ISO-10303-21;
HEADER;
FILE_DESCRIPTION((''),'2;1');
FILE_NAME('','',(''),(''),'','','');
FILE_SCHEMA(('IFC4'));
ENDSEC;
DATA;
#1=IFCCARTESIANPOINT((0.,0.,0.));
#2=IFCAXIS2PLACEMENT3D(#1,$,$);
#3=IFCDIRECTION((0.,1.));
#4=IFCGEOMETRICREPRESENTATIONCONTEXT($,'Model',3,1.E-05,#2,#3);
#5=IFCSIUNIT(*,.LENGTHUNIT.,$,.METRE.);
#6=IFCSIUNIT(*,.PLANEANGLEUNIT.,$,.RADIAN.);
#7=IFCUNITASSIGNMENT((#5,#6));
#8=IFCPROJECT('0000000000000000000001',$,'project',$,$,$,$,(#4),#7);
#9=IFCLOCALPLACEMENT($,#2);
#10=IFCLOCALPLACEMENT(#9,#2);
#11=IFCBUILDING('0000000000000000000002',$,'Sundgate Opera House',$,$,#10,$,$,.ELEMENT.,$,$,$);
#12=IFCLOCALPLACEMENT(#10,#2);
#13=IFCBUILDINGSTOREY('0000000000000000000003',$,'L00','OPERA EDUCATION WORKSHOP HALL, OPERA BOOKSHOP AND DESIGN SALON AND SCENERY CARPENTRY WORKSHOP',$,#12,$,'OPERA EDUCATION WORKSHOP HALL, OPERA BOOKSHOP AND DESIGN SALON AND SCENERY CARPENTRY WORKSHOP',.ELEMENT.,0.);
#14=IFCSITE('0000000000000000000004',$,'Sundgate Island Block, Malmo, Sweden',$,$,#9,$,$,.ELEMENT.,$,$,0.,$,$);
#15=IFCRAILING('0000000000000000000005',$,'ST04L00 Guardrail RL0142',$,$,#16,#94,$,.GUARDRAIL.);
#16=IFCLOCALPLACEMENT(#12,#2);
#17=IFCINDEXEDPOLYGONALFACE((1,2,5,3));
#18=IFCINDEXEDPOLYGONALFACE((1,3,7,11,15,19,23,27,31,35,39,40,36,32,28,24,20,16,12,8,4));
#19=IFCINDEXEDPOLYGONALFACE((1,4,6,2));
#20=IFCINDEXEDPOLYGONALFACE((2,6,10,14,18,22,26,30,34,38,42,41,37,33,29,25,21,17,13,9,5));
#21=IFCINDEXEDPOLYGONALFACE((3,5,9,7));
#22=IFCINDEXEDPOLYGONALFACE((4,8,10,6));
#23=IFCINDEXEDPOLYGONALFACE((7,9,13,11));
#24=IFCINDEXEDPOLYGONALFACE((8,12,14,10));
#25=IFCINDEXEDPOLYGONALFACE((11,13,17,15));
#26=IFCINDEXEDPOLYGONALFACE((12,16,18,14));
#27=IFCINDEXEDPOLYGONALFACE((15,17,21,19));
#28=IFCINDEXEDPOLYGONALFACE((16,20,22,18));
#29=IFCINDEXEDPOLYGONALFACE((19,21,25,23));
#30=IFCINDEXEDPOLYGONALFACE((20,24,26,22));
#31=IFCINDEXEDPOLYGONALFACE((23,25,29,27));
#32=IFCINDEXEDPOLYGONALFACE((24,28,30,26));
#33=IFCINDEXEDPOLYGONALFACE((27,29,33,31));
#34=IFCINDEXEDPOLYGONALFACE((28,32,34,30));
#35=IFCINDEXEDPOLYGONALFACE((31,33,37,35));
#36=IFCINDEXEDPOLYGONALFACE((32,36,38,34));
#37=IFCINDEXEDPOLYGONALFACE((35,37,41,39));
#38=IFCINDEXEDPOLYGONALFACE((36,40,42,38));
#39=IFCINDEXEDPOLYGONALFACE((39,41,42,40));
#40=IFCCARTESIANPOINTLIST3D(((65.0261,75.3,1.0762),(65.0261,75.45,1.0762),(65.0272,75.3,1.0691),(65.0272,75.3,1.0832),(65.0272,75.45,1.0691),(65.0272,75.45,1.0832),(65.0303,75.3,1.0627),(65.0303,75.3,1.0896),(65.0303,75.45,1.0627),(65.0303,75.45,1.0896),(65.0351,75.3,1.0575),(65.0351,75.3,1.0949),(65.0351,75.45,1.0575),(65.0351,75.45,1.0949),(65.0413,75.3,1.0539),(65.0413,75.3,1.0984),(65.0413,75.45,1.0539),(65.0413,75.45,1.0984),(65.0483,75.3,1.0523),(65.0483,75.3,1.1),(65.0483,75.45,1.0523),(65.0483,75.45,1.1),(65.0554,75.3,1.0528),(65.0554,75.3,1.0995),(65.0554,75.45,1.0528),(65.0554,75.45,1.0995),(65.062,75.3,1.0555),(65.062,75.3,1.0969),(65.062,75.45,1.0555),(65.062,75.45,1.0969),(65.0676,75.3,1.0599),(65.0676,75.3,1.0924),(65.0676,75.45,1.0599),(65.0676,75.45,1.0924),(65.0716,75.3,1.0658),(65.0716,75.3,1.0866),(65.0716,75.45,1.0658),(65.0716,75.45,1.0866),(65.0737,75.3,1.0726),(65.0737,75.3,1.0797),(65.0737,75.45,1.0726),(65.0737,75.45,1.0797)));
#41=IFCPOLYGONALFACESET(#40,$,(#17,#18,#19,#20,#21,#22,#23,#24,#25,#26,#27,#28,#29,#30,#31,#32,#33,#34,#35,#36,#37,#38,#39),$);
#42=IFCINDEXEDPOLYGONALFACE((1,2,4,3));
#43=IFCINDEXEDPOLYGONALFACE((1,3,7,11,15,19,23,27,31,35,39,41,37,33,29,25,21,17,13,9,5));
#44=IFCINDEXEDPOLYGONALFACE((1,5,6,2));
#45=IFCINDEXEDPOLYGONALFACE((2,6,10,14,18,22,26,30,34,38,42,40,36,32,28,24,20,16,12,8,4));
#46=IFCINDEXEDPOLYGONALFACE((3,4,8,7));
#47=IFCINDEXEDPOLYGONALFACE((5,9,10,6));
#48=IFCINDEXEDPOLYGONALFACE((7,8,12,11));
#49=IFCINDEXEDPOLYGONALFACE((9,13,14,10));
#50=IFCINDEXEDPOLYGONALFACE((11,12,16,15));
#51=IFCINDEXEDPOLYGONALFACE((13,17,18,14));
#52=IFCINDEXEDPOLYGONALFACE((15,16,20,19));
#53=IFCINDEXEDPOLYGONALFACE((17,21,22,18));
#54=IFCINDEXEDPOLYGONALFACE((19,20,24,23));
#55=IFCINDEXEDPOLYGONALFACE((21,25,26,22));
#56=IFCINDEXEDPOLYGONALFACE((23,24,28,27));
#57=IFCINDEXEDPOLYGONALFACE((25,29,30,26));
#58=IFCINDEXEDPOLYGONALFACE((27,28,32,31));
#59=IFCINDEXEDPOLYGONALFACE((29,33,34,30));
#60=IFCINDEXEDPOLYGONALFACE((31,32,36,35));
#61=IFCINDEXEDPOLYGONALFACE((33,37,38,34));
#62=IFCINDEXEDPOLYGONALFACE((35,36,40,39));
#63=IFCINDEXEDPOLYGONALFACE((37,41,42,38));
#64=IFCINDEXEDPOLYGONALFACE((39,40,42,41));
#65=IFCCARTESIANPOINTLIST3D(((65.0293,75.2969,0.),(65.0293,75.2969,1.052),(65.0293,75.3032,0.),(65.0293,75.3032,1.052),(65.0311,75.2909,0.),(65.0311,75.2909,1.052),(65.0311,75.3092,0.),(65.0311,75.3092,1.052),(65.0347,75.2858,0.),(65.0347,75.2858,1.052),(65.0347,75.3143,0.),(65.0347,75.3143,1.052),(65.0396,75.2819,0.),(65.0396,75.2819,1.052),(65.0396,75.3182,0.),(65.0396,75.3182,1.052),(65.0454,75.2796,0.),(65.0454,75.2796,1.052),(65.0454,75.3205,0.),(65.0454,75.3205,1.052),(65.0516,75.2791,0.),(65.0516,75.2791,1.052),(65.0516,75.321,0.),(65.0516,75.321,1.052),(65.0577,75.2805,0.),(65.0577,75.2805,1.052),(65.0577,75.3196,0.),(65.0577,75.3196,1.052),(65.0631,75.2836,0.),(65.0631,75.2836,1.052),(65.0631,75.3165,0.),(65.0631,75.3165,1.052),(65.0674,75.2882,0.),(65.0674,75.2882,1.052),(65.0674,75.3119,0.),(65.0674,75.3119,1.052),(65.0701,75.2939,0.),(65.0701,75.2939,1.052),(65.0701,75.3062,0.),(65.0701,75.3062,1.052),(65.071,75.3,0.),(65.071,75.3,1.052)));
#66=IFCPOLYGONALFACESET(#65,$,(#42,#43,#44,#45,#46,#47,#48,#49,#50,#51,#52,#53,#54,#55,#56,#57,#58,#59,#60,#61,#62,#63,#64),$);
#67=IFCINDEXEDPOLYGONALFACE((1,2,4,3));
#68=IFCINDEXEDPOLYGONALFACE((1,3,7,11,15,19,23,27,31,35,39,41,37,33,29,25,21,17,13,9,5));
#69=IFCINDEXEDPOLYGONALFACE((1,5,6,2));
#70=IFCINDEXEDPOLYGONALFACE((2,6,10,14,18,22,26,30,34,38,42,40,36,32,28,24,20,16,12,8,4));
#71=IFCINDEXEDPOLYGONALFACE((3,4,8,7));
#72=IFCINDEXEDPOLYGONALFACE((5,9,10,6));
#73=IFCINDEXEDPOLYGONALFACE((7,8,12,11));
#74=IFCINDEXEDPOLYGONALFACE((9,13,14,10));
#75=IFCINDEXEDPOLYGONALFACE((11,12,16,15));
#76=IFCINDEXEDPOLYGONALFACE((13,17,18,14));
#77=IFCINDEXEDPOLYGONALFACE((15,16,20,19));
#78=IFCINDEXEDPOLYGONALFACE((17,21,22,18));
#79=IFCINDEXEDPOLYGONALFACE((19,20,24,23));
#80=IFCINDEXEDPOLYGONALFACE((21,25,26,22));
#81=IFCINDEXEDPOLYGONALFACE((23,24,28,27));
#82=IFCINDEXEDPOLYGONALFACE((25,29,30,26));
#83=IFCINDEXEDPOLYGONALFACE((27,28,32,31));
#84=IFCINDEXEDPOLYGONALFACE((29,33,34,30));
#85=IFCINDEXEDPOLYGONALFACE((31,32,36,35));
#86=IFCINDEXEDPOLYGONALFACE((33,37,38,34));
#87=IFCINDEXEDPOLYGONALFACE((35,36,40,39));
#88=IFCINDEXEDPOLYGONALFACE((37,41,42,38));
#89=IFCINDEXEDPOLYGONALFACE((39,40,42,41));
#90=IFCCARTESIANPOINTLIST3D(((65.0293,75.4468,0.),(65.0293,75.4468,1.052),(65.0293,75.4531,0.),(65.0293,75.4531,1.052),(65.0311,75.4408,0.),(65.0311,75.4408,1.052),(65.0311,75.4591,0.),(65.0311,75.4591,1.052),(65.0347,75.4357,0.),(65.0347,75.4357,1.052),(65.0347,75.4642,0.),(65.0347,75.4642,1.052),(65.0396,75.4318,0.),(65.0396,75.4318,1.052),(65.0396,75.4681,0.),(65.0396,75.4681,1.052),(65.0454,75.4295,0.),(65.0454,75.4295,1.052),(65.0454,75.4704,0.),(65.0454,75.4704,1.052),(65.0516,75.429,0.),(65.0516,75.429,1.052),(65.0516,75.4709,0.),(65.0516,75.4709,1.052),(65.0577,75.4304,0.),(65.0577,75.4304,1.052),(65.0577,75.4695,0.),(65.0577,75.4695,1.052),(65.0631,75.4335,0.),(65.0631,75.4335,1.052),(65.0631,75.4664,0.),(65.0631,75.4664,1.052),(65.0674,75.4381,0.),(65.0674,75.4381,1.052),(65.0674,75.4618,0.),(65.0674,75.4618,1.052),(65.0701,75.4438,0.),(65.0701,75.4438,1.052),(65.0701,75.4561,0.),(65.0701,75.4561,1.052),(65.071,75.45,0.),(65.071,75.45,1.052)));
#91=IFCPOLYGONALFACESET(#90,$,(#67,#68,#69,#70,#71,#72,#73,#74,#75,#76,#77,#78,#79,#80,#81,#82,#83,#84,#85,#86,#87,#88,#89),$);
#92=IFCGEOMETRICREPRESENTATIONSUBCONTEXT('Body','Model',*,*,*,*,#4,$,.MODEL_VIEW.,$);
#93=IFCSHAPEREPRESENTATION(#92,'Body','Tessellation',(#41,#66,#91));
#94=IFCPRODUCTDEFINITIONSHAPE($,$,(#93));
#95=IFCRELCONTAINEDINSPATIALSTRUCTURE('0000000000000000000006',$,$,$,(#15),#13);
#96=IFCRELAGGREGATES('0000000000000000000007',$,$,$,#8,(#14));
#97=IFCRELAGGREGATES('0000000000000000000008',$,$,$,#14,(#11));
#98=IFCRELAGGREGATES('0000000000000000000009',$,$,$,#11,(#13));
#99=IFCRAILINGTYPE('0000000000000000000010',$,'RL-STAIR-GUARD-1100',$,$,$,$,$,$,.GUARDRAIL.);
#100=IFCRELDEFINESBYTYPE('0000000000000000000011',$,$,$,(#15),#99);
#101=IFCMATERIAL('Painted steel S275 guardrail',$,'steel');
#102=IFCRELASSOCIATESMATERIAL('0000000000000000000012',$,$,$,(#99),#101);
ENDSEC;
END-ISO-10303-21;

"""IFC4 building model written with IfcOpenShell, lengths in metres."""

from ifc_helpers import new_model, si_unit, direction, frame, origin, origin_2d, place, context, subcontext, project, spatial, circle, extrude, material, type_object, element, save


model = new_model("IFC4")

# Units and contexts
model_context = context("Model", 3, precision=1e-05, world=origin(), true_north=direction((0.0, 1.0)))
body_context = subcontext(model_context, "Body", "Model", "MODEL_VIEW")
ifc_project = project(units=[si_unit("LENGTHUNIT", "METRE"), si_unit("PLANEANGLEUNIT", "RADIAN")], contexts=[model_context])

# Site, building, storey
site_placement = place(None, origin())
site = spatial("IfcSite", under=ifc_project, at=site_placement, Name="Sundgate Island Block, Malmo, Sweden", CompositionType="ELEMENT", RefElevation=0.0)
building_placement = place(site_placement, origin())
building = spatial("IfcBuilding", under=site, at=building_placement, Name="Sundgate Opera House", CompositionType="ELEMENT")
storey_placement = place(building_placement, origin())
storey = spatial("IfcBuildingStorey", under=building, at=storey_placement, Name="L00", Description="OPERA EDUCATION WORKSHOP HALL, OPERA BOOKSHOP AND DESIGN SALON AND SCENERY CARPENTRY WORKSHOP", LongName="OPERA EDUCATION WORKSHOP HALL, OPERA BOOKSHOP AND DESIGN SALON AND SCENERY CARPENTRY WORKSHOP", CompositionType="ELEMENT", Elevation=0.0)

# Railing
ifc_material_1 = material(Name="Painted steel S275 guardrail", Category="steel")
railing_type = type_object("IfcRailingType", Name="RL-STAIR-GUARD-1100", PredefinedType="GUARDRAIL", material=ifc_material_1)
railing_placement = place(storey_placement, frame((65.05, 75.3, 0.0)))
element("IfcRailing", 1, at=railing_placement, inside=storey, type_object=railing_type, Name="ST04L00 Guardrail RL0142", PredefinedType="GUARDRAIL", context=body_context, shape_type="SweptSolid", body=[
    extrude(circle(Radius=0.0239, at=origin_2d()), frame((0.0, 0.0, 1.0762), z_axis=(0.0, 1.0, 0.0), x_axis=(-1.0, 0.0, 0.0)), (0.0, 0.0, 1.0), 0.1499),
    extrude(circle(Radius=0.021, at=origin_2d()), origin(), (0.0, 0.0, 1.0), 1.052),
    extrude(circle(Radius=0.021, at=origin_2d()), frame((0.0, 0.1499, 0.0)), (0.0, 0.0, 1.0), 1.052),
])

save(model, "model.ifc")
